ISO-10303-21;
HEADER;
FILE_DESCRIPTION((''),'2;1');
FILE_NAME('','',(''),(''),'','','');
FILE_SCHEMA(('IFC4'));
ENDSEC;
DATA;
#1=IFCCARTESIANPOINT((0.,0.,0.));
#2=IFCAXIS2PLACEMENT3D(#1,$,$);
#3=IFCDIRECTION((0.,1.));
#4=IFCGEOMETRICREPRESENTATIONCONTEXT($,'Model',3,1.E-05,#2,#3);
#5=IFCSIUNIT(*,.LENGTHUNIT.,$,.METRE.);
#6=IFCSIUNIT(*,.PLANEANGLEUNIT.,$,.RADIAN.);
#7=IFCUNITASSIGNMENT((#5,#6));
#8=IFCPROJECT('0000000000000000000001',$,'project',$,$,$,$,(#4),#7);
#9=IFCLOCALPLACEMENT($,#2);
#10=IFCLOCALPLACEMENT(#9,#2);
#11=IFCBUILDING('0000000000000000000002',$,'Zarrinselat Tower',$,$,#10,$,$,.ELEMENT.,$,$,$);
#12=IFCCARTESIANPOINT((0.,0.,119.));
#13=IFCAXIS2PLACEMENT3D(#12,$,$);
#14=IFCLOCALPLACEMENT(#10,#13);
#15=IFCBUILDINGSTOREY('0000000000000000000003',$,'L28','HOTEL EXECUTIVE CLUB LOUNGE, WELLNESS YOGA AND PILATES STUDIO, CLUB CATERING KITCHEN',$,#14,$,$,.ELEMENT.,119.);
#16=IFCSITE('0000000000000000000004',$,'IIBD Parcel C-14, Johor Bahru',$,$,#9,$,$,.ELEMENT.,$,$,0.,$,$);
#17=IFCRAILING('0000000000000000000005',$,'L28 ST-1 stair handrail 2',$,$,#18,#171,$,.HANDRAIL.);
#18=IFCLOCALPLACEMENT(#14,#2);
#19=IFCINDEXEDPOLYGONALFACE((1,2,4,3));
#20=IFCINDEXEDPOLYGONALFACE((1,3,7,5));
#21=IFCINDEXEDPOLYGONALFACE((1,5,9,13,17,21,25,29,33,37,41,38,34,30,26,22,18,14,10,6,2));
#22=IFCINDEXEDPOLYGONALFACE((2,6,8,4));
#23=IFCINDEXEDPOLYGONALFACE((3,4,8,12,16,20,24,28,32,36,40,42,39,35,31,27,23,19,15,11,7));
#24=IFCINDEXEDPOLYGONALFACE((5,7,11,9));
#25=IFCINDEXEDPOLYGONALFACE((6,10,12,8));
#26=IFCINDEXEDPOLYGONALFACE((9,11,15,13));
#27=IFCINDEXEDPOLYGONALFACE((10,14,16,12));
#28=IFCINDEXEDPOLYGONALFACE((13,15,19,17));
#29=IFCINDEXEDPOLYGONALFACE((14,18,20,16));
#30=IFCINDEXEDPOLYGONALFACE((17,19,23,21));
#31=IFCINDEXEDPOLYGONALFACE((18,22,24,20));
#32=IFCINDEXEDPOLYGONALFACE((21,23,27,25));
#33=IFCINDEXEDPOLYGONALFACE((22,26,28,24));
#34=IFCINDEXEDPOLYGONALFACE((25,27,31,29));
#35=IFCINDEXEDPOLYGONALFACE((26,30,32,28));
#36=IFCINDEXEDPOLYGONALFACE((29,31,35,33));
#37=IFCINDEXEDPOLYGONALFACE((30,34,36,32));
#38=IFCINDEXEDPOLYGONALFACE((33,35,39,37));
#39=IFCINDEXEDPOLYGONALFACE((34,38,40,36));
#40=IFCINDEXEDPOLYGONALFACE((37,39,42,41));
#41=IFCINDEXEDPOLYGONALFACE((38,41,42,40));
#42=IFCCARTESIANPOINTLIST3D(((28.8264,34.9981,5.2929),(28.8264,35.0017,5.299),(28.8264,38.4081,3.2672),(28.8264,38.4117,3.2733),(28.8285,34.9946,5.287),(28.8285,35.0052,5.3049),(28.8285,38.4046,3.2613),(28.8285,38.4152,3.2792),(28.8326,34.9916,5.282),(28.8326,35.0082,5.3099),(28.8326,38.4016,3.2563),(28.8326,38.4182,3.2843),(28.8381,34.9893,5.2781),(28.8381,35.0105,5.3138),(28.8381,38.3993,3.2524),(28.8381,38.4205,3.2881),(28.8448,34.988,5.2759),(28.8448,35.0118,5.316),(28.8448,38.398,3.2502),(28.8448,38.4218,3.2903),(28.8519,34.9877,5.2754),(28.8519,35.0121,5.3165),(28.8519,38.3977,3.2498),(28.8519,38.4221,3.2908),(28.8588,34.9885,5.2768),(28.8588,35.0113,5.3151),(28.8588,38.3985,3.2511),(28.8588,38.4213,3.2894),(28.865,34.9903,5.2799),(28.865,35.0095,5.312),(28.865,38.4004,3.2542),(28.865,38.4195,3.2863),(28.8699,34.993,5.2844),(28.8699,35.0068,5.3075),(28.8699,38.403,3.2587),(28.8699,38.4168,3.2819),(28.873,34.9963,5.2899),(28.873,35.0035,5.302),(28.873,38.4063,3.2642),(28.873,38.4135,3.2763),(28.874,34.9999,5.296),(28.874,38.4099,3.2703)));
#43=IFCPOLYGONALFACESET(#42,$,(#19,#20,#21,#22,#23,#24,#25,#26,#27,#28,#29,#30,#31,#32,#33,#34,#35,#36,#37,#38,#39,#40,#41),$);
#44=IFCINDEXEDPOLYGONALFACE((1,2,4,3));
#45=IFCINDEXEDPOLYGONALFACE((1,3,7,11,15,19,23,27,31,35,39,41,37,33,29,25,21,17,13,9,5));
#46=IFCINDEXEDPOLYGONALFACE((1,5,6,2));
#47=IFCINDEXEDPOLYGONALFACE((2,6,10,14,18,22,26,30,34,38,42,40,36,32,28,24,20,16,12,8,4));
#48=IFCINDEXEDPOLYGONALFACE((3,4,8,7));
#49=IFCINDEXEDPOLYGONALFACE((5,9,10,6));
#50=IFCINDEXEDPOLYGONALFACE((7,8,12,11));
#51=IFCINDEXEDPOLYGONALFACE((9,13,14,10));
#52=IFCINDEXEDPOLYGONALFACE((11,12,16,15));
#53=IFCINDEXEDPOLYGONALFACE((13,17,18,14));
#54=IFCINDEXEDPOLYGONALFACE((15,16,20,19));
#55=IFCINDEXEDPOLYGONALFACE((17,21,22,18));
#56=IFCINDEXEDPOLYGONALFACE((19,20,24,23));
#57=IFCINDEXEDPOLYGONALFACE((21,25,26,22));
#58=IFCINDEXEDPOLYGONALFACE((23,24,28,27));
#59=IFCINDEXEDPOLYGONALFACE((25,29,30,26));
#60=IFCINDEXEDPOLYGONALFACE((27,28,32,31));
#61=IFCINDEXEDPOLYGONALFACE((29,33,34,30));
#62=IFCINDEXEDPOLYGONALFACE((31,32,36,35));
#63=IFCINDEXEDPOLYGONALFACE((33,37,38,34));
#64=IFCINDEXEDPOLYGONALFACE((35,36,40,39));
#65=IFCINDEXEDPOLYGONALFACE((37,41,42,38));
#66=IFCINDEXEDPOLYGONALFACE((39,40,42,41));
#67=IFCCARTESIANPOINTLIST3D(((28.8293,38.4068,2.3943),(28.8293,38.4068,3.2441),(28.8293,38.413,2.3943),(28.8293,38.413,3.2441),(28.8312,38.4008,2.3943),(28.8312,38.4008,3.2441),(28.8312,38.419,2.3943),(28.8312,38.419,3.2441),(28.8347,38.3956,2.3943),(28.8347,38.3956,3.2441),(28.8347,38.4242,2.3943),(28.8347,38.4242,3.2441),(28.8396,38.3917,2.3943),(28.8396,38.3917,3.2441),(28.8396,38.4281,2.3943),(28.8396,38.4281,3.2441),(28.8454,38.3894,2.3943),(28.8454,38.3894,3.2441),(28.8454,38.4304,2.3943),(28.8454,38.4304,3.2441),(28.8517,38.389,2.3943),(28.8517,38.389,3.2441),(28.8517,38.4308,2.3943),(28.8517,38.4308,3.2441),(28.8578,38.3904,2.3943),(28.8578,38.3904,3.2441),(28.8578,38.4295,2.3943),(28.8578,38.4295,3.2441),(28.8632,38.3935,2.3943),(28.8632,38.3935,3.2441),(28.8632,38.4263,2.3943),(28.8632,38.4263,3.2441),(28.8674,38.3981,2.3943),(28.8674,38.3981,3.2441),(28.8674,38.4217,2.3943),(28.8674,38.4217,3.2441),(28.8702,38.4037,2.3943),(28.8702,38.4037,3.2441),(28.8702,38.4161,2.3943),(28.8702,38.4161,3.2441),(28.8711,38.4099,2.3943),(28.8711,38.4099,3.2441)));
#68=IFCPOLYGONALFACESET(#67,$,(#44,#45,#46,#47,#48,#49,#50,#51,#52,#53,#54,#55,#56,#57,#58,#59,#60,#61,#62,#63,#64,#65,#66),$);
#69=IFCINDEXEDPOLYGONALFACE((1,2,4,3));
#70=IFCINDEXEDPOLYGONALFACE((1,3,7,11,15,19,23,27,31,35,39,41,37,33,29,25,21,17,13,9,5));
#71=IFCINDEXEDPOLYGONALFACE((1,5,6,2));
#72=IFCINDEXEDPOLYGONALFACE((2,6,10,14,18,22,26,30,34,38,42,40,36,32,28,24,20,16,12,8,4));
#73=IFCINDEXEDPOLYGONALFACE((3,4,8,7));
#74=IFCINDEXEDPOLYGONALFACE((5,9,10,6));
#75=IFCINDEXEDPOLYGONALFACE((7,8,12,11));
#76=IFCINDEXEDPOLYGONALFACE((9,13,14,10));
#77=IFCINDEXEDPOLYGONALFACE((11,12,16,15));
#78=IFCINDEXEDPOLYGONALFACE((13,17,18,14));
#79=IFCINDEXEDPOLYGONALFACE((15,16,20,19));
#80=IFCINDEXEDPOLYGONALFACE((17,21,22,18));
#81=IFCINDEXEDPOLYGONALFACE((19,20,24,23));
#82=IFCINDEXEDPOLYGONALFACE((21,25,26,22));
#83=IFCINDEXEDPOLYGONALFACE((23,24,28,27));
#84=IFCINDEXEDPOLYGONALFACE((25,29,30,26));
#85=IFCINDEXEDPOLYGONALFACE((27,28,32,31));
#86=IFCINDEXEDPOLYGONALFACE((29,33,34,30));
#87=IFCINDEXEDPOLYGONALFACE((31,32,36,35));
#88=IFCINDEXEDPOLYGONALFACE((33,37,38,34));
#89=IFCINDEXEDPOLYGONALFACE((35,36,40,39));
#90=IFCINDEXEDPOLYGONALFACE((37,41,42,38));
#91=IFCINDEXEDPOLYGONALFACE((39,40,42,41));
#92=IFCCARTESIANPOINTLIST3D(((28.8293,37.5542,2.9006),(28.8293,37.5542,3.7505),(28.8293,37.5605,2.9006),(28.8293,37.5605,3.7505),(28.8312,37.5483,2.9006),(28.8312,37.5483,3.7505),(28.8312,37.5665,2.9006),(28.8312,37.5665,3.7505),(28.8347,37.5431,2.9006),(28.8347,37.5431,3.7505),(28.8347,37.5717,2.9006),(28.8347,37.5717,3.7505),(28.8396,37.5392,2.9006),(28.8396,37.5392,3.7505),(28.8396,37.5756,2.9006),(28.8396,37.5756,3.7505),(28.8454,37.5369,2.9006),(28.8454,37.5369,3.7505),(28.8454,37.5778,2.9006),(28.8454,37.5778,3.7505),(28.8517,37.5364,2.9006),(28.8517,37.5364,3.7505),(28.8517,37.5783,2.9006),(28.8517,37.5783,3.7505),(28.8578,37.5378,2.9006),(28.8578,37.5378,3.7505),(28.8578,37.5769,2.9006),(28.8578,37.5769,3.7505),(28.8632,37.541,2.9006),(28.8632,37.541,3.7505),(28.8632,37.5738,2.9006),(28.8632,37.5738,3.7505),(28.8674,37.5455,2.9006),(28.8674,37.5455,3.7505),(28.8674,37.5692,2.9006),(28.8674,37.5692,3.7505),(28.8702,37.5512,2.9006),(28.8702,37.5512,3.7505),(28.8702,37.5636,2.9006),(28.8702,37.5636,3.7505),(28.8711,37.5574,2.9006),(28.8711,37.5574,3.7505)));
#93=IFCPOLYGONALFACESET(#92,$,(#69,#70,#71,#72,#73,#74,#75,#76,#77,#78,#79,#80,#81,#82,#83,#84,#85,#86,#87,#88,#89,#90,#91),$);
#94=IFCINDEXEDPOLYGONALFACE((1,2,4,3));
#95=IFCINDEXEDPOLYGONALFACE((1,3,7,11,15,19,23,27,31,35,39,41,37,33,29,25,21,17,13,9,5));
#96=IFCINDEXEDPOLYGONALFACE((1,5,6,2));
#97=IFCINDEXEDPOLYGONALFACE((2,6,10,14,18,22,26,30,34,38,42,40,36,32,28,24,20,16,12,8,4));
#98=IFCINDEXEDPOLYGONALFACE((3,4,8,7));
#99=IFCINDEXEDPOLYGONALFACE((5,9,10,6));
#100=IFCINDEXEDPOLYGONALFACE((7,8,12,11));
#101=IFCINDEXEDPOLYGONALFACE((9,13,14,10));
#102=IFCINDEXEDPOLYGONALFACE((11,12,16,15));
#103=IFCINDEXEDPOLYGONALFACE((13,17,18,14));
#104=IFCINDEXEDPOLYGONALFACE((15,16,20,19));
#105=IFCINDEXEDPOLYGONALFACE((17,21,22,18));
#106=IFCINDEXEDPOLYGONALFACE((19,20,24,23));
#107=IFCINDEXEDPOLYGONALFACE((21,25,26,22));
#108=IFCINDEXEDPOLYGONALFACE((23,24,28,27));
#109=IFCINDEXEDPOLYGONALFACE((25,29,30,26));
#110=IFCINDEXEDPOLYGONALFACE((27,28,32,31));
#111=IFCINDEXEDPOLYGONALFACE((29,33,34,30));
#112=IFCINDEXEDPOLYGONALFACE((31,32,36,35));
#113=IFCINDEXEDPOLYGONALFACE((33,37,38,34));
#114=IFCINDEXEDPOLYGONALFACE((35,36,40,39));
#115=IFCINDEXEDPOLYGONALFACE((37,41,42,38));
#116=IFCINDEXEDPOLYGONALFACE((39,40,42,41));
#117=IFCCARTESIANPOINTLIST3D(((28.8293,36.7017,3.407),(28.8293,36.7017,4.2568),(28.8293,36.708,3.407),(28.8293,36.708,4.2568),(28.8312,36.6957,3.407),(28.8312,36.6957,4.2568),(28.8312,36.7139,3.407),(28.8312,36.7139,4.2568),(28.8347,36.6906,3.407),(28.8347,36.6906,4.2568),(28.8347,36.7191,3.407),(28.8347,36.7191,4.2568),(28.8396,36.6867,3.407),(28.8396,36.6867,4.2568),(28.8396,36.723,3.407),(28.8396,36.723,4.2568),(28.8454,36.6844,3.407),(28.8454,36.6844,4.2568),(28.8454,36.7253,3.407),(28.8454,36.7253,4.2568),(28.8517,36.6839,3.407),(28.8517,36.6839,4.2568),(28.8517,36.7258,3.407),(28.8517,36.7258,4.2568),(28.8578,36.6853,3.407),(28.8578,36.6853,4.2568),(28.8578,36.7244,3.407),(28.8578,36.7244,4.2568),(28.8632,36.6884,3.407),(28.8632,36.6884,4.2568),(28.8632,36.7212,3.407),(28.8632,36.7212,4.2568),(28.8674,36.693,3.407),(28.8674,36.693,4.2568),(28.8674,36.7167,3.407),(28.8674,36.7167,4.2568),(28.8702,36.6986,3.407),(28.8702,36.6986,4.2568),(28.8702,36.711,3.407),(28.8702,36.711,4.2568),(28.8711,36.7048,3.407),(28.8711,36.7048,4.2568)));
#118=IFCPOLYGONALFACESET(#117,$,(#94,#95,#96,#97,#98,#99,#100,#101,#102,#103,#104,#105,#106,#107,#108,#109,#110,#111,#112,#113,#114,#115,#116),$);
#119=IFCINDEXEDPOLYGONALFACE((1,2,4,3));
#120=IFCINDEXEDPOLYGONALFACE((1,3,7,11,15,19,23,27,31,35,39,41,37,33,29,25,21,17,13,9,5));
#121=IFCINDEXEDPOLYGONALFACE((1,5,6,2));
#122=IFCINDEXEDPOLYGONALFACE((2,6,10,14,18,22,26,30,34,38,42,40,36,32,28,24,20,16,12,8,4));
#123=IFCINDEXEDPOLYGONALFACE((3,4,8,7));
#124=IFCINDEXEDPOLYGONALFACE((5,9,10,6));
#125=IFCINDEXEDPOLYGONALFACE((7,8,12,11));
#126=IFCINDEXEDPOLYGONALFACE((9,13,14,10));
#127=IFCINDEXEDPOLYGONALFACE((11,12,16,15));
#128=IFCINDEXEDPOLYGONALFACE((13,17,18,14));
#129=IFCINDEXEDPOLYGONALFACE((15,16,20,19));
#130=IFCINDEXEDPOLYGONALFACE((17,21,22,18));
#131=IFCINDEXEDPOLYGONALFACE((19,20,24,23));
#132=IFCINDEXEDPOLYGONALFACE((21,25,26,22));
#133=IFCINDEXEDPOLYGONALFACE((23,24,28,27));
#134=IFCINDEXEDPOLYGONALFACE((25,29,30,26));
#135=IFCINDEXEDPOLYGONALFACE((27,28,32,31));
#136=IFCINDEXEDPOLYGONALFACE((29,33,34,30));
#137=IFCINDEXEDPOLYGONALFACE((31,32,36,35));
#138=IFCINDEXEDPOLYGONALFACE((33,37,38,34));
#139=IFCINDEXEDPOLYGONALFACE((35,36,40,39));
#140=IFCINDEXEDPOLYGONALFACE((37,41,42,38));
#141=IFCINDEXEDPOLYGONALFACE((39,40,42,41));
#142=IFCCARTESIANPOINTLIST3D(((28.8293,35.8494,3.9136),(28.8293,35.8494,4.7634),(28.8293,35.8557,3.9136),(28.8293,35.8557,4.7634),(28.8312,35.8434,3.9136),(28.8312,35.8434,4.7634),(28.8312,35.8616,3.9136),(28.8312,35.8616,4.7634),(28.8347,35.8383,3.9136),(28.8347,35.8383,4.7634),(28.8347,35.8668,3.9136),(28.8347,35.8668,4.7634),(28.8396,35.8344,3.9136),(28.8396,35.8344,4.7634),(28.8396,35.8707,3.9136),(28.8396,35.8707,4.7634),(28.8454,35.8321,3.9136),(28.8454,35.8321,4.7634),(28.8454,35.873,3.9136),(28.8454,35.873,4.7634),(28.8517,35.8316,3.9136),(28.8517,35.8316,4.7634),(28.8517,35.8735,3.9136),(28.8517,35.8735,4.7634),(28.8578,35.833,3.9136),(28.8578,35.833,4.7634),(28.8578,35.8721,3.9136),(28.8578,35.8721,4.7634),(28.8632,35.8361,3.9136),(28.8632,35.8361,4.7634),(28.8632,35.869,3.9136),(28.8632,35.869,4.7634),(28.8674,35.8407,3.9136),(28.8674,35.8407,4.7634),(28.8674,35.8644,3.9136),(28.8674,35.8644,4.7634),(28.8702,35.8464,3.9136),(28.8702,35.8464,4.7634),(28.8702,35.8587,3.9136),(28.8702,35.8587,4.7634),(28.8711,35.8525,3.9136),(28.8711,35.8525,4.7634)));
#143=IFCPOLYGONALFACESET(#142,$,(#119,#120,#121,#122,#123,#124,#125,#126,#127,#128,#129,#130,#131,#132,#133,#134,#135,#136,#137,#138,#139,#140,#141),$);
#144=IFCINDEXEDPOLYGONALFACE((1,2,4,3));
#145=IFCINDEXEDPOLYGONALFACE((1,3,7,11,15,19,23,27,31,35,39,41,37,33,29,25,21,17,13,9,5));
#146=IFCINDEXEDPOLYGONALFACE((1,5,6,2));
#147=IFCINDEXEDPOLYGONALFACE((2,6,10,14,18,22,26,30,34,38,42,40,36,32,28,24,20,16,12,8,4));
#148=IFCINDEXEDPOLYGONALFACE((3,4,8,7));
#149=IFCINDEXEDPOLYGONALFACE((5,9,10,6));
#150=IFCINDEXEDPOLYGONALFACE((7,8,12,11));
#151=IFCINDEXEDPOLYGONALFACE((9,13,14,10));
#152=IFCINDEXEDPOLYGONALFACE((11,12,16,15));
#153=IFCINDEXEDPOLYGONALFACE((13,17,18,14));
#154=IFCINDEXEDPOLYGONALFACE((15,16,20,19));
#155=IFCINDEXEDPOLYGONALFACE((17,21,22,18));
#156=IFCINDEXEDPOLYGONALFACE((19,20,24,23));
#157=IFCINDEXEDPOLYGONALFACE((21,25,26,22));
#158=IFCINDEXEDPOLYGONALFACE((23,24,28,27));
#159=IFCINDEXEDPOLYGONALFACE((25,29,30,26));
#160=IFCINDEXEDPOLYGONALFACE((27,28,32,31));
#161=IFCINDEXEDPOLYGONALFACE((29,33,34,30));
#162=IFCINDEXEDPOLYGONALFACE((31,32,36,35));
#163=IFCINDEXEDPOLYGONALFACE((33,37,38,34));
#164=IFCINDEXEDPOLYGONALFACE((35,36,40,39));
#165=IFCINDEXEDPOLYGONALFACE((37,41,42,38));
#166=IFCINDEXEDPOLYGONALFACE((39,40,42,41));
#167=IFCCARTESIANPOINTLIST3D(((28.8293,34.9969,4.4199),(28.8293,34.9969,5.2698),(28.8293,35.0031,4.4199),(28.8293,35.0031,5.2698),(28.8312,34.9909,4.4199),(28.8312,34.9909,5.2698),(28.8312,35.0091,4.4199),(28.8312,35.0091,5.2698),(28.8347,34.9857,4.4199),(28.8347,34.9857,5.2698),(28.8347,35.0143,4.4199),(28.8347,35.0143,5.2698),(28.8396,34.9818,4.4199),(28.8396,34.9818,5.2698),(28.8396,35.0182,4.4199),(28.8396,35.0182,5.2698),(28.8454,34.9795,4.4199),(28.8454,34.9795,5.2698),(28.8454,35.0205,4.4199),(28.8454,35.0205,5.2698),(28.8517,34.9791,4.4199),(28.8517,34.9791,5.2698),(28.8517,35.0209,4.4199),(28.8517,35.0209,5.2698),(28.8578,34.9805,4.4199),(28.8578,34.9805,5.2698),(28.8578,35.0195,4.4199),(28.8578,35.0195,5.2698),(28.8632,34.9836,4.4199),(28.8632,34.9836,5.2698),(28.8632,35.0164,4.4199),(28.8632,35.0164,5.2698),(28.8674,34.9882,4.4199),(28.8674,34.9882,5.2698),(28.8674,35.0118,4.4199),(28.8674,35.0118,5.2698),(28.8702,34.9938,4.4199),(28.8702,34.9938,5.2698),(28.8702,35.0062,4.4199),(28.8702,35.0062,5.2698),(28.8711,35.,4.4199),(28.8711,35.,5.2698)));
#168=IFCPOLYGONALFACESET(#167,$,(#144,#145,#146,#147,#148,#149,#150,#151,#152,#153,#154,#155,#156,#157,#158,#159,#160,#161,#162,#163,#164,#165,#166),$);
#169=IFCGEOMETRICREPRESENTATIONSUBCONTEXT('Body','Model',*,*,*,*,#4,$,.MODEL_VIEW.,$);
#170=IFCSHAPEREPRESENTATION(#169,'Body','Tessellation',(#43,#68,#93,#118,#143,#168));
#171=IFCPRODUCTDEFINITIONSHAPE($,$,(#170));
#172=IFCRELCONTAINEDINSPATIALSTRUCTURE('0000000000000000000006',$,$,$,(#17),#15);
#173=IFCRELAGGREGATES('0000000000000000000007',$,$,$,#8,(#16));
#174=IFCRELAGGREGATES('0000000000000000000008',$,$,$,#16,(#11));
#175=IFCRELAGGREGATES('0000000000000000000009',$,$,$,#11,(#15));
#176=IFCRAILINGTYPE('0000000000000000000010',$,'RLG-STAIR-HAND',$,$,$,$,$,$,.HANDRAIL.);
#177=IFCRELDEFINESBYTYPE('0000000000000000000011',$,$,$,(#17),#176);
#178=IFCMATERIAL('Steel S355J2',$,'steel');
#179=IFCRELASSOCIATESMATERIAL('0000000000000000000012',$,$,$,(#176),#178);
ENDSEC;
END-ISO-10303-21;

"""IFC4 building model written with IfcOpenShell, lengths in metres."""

from ifc_helpers import new_model, si_unit, direction, frame, origin, origin_2d, place, context, subcontext, project, spatial, circle, extrude, material, type_object, element, save


model = new_model("IFC4")

# Units and contexts
model_context = context("Model", 3, precision=1e-05, world=origin(), true_north=direction((0.0, 1.0)))
body_context = subcontext(model_context, "Body", "Model", "MODEL_VIEW")
ifc_project = project(units=[si_unit("LENGTHUNIT", "METRE"), si_unit("PLANEANGLEUNIT", "RADIAN")], contexts=[model_context])

# Site, building, storey
site_placement = place(None, origin())
site = spatial("IfcSite", under=ifc_project, at=site_placement, Name="IIBD Parcel C-14, Johor Bahru", CompositionType="ELEMENT", RefElevation=0.0)
building_placement = place(site_placement, origin())
building = spatial("IfcBuilding", under=site, at=building_placement, Name="Zarrinselat Tower", CompositionType="ELEMENT")
storey_placement = place(building_placement, frame((0.0, 0.0, 119.0)))
storey = spatial("IfcBuildingStorey", under=building, at=storey_placement, Name="L28", Description="HOTEL EXECUTIVE CLUB LOUNGE, WELLNESS YOGA AND PILATES STUDIO, CLUB CATERING KITCHEN", CompositionType="ELEMENT", Elevation=119.0)

# Railing
ifc_material_1 = material(Name="Steel S355J2", Category="steel")
railing_type_1 = type_object("IfcRailingType", Name="RLG-STAIR-HAND", PredefinedType="HANDRAIL", material=ifc_material_1)
railing_1_placement = place(storey_placement, frame((28.8501, 38.4099, 2.3943)))
element("IfcRailing", 1, at=railing_1_placement, inside=storey, type_object=railing_type_1, Name="L28 ST-1 stair handrail 2", PredefinedType="HANDRAIL", context=body_context, shape_type="SweptSolid", body=[
    extrude(circle(Radius=0.0239, at=origin_2d()), frame((0.0, 0.0, 0.876), z_axis=(0.0, -0.859744, 0.510725), x_axis=(1.0, 0.0, 0.0)), (0.0, 0.0, 1.0), 3.9663),
    extrude(circle(Radius=0.021, at=origin_2d()), origin(), (0.0, 0.0, 1.0), 0.8499),
    extrude(circle(Radius=0.021, at=origin_2d()), frame((0.0, -0.8525, 0.5063)), (0.0, 0.0, 1.0), 0.8499),
    extrude(circle(Radius=0.021, at=origin_2d()), frame((0.0, -1.7051, 1.0127)), (0.0, 0.0, 1.0), 0.8499),
    extrude(circle(Radius=0.021, at=origin_2d()), frame((0.0, -2.5574, 1.5193)), (0.0, 0.0, 1.0), 0.8499),
    extrude(circle(Radius=0.021, at=origin_2d()), frame((0.0, -3.4099, 2.0256)), (0.0, 0.0, 1.0), 0.8499),
])

save(model, "model.ifc")
